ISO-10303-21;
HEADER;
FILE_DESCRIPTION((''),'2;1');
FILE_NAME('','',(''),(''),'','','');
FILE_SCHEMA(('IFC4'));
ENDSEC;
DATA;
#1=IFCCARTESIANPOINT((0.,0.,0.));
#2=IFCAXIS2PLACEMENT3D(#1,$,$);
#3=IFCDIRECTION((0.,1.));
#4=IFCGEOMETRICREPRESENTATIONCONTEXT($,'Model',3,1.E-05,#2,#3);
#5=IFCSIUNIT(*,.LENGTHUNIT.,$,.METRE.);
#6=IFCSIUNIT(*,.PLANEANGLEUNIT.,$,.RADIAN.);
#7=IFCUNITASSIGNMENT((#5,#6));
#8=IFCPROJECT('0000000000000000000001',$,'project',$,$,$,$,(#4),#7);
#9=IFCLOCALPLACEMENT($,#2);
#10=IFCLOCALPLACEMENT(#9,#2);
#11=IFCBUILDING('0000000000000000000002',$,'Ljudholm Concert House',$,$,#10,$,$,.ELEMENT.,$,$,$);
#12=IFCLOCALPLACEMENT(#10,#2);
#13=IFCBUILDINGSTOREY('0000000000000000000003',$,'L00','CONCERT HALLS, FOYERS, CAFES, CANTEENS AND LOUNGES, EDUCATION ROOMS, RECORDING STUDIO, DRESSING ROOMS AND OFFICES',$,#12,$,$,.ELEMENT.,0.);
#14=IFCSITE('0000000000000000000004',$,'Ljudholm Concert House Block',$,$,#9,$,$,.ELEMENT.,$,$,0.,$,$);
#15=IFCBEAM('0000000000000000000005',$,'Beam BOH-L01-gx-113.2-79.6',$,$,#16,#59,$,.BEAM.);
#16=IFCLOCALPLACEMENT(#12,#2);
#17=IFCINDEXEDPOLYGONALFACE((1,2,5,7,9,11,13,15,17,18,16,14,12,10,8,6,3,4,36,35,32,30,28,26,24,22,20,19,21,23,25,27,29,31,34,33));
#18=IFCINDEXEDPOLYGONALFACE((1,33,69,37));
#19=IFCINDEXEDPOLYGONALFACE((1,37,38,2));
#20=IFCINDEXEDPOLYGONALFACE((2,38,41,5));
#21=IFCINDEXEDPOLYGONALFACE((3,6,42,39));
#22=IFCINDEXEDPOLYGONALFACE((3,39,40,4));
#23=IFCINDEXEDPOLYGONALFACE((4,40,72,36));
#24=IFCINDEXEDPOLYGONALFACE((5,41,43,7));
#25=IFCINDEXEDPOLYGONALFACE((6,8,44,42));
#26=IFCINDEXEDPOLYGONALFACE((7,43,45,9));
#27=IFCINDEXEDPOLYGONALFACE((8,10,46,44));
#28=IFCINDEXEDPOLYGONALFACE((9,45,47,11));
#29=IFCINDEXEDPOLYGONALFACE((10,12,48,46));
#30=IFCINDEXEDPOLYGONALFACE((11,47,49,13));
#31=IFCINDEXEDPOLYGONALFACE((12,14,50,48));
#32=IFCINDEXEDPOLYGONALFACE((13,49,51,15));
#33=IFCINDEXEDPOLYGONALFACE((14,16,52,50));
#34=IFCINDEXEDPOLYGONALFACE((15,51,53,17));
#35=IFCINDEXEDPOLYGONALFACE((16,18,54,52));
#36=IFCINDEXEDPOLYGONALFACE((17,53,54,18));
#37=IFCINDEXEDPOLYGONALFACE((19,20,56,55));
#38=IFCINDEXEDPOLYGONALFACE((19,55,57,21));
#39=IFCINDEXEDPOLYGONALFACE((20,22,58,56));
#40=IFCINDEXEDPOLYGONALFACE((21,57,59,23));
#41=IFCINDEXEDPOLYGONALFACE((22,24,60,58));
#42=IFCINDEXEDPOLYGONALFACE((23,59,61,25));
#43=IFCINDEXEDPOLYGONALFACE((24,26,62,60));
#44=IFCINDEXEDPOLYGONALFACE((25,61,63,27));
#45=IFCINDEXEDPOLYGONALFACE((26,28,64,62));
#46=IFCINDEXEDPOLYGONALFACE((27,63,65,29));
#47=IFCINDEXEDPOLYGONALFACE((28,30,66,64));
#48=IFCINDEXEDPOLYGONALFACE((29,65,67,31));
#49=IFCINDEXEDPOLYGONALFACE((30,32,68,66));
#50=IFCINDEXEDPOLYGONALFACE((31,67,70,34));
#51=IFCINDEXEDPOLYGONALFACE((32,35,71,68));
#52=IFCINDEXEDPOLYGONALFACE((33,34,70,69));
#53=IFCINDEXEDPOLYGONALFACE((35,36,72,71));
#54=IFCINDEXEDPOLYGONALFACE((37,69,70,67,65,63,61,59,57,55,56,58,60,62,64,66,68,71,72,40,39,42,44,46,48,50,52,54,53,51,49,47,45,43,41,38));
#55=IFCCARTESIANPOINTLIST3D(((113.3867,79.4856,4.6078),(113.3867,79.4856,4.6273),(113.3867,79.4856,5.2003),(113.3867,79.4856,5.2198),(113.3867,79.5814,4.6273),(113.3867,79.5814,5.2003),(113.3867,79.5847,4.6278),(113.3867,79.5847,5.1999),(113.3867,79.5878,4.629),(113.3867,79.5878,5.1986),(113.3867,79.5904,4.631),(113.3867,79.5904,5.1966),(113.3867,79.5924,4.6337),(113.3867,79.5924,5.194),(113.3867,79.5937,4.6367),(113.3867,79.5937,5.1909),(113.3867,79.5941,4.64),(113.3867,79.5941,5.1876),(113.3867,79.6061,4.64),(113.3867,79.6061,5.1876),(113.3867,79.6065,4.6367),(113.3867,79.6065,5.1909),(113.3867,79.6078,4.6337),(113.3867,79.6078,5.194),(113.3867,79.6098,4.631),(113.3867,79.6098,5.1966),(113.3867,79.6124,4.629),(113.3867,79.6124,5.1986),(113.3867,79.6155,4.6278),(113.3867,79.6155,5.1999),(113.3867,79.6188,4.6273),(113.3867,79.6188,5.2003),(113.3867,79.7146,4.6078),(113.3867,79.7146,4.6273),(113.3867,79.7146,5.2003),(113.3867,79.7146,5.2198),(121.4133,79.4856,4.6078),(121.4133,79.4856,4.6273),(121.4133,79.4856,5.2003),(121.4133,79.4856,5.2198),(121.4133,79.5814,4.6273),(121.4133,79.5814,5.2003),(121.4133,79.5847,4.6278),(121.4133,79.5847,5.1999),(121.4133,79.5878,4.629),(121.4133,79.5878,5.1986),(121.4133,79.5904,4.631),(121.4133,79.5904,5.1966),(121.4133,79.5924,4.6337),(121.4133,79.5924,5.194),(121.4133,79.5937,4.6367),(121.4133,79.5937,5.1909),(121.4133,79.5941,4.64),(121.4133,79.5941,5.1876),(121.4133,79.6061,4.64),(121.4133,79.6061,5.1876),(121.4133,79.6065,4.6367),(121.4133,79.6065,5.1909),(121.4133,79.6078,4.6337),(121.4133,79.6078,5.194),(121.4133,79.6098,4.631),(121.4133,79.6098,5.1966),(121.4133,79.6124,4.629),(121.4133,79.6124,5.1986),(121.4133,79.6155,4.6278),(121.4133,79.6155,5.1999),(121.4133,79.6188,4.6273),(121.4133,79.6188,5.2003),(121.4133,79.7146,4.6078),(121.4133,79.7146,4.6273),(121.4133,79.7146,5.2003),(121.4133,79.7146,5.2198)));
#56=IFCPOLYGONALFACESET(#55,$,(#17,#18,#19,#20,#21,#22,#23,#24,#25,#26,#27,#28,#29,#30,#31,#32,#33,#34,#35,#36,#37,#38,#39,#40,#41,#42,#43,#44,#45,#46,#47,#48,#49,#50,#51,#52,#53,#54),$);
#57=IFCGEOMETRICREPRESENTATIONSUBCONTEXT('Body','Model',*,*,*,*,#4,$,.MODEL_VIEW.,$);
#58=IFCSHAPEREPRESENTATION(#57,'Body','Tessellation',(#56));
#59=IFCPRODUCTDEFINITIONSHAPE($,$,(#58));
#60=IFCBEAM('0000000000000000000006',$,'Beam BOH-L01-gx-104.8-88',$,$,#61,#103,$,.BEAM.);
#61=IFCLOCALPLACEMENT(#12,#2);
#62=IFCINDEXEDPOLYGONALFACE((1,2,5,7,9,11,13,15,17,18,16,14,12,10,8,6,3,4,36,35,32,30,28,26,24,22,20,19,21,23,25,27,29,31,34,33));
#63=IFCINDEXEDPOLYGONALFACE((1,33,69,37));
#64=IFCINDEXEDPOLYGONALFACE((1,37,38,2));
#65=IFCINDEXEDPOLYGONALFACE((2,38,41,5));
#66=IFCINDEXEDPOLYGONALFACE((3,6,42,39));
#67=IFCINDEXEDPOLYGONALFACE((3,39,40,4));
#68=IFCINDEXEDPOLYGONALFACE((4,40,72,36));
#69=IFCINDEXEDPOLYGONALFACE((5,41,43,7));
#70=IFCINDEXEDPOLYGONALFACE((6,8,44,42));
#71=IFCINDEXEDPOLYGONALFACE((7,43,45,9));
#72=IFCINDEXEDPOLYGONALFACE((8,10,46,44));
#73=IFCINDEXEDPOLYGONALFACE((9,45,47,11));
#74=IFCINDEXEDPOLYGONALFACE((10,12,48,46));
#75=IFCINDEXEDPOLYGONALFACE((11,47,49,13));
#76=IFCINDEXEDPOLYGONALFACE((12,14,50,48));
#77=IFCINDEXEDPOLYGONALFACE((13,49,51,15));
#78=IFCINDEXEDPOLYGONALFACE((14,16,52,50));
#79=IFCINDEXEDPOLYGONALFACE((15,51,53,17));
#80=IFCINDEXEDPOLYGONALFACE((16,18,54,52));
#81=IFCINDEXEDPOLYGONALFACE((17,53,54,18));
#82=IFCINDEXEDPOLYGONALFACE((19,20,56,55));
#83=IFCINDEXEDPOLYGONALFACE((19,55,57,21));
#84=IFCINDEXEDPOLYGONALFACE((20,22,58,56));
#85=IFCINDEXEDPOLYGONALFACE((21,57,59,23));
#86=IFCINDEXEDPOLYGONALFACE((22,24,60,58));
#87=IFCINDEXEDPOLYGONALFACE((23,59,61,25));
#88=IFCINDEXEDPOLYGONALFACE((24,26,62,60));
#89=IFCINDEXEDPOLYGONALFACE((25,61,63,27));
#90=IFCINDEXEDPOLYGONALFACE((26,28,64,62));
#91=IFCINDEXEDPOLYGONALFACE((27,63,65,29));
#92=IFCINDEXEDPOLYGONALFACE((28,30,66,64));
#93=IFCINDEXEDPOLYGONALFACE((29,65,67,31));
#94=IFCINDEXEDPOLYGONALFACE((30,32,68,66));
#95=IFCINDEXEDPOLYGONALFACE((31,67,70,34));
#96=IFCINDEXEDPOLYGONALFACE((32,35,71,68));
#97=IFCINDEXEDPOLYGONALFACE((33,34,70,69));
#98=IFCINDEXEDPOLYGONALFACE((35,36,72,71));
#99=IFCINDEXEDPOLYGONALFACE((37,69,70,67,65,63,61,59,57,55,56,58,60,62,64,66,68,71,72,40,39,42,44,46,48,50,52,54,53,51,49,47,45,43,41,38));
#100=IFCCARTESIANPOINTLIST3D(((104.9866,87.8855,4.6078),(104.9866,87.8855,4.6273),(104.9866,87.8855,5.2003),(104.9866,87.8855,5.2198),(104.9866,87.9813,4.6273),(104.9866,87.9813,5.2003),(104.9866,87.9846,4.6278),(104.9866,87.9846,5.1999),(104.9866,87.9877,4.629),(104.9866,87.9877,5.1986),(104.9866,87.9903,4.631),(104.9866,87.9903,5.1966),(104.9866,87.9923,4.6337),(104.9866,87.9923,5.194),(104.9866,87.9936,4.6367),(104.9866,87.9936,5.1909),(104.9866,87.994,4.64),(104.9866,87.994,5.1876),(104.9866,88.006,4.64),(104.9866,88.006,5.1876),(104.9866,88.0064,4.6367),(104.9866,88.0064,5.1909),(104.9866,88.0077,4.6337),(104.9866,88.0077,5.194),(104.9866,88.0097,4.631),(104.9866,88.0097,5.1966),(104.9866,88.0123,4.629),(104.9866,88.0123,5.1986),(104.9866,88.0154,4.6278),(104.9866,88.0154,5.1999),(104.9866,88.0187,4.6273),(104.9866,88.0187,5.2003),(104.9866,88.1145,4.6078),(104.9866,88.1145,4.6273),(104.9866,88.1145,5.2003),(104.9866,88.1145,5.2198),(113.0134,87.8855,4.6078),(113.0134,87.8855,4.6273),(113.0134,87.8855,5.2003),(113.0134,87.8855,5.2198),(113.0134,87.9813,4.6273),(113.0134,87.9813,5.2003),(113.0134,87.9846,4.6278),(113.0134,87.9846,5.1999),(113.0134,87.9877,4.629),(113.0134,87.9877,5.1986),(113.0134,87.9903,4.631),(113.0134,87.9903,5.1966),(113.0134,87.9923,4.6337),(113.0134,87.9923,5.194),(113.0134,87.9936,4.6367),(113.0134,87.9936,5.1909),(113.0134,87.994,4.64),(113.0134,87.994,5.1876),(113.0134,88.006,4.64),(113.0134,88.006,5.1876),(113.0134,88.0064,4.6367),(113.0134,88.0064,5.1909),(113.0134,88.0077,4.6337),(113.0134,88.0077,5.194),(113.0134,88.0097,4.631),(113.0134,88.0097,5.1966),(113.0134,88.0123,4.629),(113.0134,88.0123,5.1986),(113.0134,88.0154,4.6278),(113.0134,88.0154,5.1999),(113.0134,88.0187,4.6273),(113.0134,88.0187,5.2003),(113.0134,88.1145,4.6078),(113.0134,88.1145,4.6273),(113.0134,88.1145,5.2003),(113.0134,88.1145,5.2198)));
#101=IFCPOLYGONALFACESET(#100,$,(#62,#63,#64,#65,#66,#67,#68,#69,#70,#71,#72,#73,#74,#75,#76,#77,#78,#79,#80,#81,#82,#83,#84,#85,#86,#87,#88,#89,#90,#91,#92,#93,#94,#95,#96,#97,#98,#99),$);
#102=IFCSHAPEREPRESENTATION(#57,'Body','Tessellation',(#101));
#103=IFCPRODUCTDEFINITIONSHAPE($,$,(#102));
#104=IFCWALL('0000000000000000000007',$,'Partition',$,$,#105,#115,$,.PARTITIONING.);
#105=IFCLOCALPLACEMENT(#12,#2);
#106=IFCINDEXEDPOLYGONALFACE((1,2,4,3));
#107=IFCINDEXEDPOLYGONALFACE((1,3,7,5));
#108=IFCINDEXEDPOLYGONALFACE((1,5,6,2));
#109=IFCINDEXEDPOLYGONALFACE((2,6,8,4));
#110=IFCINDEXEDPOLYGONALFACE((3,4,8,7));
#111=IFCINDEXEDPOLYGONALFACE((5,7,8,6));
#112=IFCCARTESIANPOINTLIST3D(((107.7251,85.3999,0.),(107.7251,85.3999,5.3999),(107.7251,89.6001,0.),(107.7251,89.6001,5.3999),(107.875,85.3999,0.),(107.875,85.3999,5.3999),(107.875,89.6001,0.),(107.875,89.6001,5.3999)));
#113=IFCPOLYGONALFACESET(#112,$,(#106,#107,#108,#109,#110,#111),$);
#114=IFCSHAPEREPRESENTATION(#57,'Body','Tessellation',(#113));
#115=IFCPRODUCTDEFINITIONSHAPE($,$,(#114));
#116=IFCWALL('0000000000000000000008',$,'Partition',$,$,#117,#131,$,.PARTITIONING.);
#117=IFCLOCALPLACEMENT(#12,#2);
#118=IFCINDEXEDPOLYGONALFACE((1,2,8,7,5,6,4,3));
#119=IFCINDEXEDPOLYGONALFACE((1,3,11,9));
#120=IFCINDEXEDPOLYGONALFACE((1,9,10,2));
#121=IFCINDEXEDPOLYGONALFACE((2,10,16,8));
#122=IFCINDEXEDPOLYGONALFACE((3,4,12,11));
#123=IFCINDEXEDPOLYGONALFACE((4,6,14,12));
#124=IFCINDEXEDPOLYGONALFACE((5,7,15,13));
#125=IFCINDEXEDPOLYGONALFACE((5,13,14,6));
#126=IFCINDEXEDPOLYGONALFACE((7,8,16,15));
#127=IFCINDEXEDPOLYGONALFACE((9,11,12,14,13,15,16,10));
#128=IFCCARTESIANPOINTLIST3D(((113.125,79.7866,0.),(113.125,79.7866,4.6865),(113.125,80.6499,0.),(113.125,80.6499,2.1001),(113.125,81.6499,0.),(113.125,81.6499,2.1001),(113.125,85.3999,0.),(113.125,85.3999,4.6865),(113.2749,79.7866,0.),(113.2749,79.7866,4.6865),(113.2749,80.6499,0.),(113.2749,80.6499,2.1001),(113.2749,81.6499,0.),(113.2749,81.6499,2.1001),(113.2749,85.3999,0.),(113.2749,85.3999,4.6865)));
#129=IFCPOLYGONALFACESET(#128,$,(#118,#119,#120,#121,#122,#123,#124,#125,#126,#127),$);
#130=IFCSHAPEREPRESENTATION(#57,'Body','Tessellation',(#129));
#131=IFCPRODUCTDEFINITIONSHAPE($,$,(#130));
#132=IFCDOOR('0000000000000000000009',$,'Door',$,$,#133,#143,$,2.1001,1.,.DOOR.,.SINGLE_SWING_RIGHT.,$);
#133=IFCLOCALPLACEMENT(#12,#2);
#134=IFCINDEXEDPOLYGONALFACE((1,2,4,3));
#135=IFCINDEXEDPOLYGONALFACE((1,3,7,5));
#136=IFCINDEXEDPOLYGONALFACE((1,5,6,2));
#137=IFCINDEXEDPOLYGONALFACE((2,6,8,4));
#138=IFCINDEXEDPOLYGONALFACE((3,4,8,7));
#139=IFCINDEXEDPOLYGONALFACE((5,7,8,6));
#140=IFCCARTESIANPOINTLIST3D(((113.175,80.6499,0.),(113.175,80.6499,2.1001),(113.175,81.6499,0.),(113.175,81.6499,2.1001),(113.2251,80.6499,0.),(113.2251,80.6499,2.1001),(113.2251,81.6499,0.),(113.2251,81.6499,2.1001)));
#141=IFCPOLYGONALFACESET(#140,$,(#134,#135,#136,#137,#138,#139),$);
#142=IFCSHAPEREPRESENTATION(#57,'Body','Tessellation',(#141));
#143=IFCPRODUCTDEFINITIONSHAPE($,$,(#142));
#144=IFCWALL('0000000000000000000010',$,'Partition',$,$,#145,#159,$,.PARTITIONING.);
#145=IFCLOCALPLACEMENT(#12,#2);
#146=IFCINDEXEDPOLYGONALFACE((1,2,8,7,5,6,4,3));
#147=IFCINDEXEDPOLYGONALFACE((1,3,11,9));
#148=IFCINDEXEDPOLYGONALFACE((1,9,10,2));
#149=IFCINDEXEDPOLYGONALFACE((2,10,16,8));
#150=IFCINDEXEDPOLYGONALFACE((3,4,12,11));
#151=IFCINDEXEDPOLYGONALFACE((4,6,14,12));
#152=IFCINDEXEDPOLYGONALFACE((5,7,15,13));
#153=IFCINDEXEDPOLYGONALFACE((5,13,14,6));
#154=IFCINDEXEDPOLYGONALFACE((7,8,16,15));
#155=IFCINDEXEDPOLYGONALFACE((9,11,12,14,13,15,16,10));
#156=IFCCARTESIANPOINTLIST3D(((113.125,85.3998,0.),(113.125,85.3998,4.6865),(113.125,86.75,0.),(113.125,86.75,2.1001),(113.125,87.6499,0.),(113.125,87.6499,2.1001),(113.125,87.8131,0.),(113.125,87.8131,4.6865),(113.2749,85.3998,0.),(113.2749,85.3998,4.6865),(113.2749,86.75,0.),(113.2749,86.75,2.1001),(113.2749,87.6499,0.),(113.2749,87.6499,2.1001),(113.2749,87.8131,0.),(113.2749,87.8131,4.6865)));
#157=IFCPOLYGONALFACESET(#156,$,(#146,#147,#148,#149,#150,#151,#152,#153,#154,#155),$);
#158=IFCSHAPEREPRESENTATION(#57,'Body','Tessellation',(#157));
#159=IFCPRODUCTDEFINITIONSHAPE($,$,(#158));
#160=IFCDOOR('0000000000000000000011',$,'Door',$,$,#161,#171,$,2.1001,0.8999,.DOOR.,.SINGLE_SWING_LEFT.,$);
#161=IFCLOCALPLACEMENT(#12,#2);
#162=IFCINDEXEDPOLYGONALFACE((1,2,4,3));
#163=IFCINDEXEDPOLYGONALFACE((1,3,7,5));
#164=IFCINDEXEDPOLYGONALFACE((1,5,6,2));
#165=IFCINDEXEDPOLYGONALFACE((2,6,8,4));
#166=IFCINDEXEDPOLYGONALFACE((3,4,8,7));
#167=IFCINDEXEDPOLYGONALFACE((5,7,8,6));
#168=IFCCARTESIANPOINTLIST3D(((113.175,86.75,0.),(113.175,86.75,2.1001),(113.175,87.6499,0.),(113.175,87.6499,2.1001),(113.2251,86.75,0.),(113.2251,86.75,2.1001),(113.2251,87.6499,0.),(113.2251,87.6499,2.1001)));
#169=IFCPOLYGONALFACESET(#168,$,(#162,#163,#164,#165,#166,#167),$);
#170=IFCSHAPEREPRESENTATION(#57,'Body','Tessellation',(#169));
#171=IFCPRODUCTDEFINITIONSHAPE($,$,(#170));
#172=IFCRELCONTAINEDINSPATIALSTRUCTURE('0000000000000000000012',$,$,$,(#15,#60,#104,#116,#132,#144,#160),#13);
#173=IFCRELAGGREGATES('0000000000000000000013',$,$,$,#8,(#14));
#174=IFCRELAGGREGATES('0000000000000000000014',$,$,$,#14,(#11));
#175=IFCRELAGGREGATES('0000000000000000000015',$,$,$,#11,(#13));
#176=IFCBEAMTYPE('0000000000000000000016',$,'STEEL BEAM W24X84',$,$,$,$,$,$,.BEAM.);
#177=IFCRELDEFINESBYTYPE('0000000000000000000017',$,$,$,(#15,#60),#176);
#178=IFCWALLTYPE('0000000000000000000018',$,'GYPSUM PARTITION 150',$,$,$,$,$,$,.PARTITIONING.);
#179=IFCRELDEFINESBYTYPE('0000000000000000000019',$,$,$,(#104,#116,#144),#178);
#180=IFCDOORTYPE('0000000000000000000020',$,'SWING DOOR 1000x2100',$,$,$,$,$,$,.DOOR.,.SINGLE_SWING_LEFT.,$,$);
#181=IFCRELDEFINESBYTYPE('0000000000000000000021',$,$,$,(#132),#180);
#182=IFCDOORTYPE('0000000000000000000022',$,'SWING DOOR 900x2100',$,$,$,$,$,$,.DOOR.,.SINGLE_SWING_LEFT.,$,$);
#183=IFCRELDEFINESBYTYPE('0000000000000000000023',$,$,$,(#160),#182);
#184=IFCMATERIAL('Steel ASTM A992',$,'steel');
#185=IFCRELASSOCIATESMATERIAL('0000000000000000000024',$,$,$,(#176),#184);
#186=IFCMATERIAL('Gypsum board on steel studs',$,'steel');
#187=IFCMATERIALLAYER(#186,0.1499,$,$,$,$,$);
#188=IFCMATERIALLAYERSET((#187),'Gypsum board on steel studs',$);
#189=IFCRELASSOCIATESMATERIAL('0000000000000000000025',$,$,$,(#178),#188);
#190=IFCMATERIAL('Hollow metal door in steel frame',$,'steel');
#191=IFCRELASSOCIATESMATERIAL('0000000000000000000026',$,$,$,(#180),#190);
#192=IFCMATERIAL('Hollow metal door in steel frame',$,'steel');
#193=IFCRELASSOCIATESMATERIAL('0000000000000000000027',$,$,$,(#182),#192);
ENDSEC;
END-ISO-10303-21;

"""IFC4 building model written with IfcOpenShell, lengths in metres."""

from ifc_helpers import new_model, si_unit, direction, frame, frame_2d, origin, origin_2d, place, context, subcontext, project, spatial, rectangle, i_section, extrude, material, layer, layer_set, material_profile, profile_set, type_object, element, fill, save


model = new_model("IFC4")

# Units and contexts
model_context = context("Model", 3, precision=1e-05, world=origin(), true_north=direction((0.0, 1.0)))
body_context = subcontext(model_context, "Body", "Model", "MODEL_VIEW")
ifc_project = project(units=[si_unit("LENGTHUNIT", "METRE"), si_unit("PLANEANGLEUNIT", "RADIAN")], contexts=[model_context])

# Site, building, storey
site_placement = place(None, origin())
site = spatial("IfcSite", under=ifc_project, at=site_placement, Name="Ljudholm Concert House Block", CompositionType="ELEMENT", RefElevation=0.0)
building_placement = place(site_placement, origin())
building = spatial("IfcBuilding", under=site, at=building_placement, Name="Ljudholm Concert House", CompositionType="ELEMENT")
storey_placement = place(building_placement, origin())
storey = spatial("IfcBuildingStorey", under=building, at=storey_placement, Name="L00", Description="CONCERT HALLS, FOYERS, CAFES, CANTEENS AND LOUNGES, EDUCATION ROOMS, RECORDING STUDIO, DRESSING ROOMS AND OFFICES", CompositionType="ELEMENT", Elevation=0.0)

# Beams
ifc_material_1 = material(Name="Steel ASTM A992", Category="steel")
ifc_material_profile_1 = material_profile(ifc_material_1, i_section(OverallWidth=0.229, OverallDepth=0.6121, WebThickness=0.012, FlangeThickness=0.0195, FilletRadius=0.0127, at=origin_2d()), Name="W24X84")
ifc_profile_set_1 = profile_set([ifc_material_profile_1], Name="Steel ASTM A992")
beam_type_1 = type_object("IfcBeamType", Name="STEEL BEAM W24X84", PredefinedType="BEAM", material=ifc_profile_set_1)
beam_1_placement = place(storey_placement, frame((113.3867, 79.6001, 4.9138), z_axis=(1.0, 0.0, 0.0), x_axis=(0.0, 1.0, 0.0)))
element("IfcBeam", 1, at=beam_1_placement, inside=storey, type_object=beam_type_1, Name="Beam BOH-L01-gx-113.2-79.6", PredefinedType="BEAM", context=body_context, shape_type="SweptSolid", body=[
    extrude(i_section(OverallWidth=0.229, OverallDepth=0.6121, WebThickness=0.012, FlangeThickness=0.0195, FilletRadius=0.0127, at=origin_2d()), origin(), (0.0, 0.0, 1.0), 8.0266),
])
beam_2_placement = place(storey_placement, frame((104.9866, 88.0, 4.9138), z_axis=(1.0, 0.0, 0.0), x_axis=(0.0, 1.0, 0.0)))
element("IfcBeam", 2, at=beam_2_placement, inside=storey, type_object=beam_type_1, Name="Beam BOH-L01-gx-104.8-88", PredefinedType="BEAM", context=body_context, shape_type="SweptSolid", body=[
    extrude(i_section(OverallWidth=0.229, OverallDepth=0.6121, WebThickness=0.012, FlangeThickness=0.0195, FilletRadius=0.0127, at=origin_2d()), origin(), (0.0, 0.0, 1.0), 8.0269),
])

# Wall
ifc_material_2 = material(Name="Gypsum board on steel studs", Category="steel")
ifc_layer_1 = layer(ifc_material_2, 0.1499)
ifc_layer_set_1 = layer_set([ifc_layer_1], Name="Gypsum board on steel studs")
wall_type_1 = type_object("IfcWallType", Name="GYPSUM PARTITION 150", PredefinedType="PARTITIONING", material=ifc_layer_set_1)
wall_1_placement = place(storey_placement, frame((107.8, 85.3999, 0.0), z_axis=(0.0, 0.0, 1.0), x_axis=(0.0, 1.0, 0.0)))
element("IfcWall", 3, at=wall_1_placement, inside=storey, type_object=wall_type_1, Name="Partition", PredefinedType="PARTITIONING", context=body_context, shape_type="SweptSolid", body=[
    extrude(rectangle(XDim=4.2002, YDim=0.1499, at=frame_2d((2.1001, 0.0))), origin(), (0.0, 0.0, 1.0), 5.3999),
])

# Walls, openings, doors
wall_2_placement = place(storey_placement, frame((113.2, 79.7866, 0.0), z_axis=(0.0, 0.0, 1.0), x_axis=(0.0, 1.0, 0.0)))
wall_2 = element("IfcWall", 4, at=wall_2_placement, inside=storey, type_object=wall_type_1, Name="Partition", PredefinedType="PARTITIONING", context=body_context, shape_type="SweptSolid", body=[
    extrude(rectangle(XDim=5.6133, YDim=0.1499, at=frame_2d((2.8066, 0.0))), origin(), (0.0, 0.0, 1.0), 4.6865),
])
opening_1_placement = place(wall_2_placement, frame((0.8633, 0.0, 0.0)))
opening_1 = element("IfcOpeningElement", 5, at=opening_1_placement, cuts=wall_2, PredefinedType="OPENING", context=body_context, shape_type="SweptSolid", body=[
    extrude(rectangle(XDim=1.0, YDim=2.1001, at=frame_2d((0.5, 1.05))), frame((0.0, 0.085, 0.0), z_axis=(0.0, -1.0, 0.0), x_axis=(1.0, 0.0, 0.0)), (0.0, 0.0, 1.0), 0.1699),
])
ifc_material_3 = material(Name="Hollow metal door in steel frame", Category="steel")
door_type_1 = type_object("IfcDoorType", Name="SWING DOOR 1000x2100", OperationType="SINGLE_SWING_LEFT", PredefinedType="DOOR", material=ifc_material_3)
door_1_placement = place(opening_1_placement, origin())
door_1 = element("IfcDoor", 6, at=door_1_placement, inside=storey, type_object=door_type_1, Name="Door", OperationType="SINGLE_SWING_RIGHT", OverallHeight=2.1001, OverallWidth=1.0, PredefinedType="DOOR", context=body_context, shape_type="SweptSolid", body=[
    extrude(rectangle(XDim=1.0, YDim=2.1001, at=frame_2d((0.5, 1.05))), frame((0.0, 0.0249, 0.0), z_axis=(0.0, -1.0, 0.0), x_axis=(1.0, 0.0, 0.0)), (0.0, 0.0, 1.0), 0.05),
])
fill(opening_1, door_1)
wall_3_placement = place(storey_placement, frame((113.2, 85.3999, 0.0), z_axis=(0.0, 0.0, 1.0), x_axis=(0.0, 1.0, 0.0)))
wall_3 = element("IfcWall", 7, at=wall_3_placement, inside=storey, type_object=wall_type_1, Name="Partition", PredefinedType="PARTITIONING", context=body_context, shape_type="SweptSolid", body=[
    extrude(rectangle(XDim=2.4133, YDim=0.1499, at=frame_2d((1.2065, 0.0))), origin(), (0.0, 0.0, 1.0), 4.6865),
])
opening_2_placement = place(wall_3_placement, frame((1.3501, 0.0, 0.0)))
opening_2 = element("IfcOpeningElement", 8, at=opening_2_placement, cuts=wall_3, PredefinedType="OPENING", context=body_context, shape_type="SweptSolid", body=[
    extrude(rectangle(XDim=0.8999, YDim=2.1001, at=frame_2d((0.45, 1.05))), frame((0.0, 0.085, 0.0), z_axis=(0.0, -1.0, 0.0), x_axis=(1.0, 0.0, 0.0)), (0.0, 0.0, 1.0), 0.1699),
])
ifc_material_4 = material(Name="Hollow metal door in steel frame", Category="steel")
door_type_2 = type_object("IfcDoorType", Name="SWING DOOR 900x2100", OperationType="SINGLE_SWING_LEFT", PredefinedType="DOOR", material=ifc_material_4)
door_2_placement = place(opening_2_placement, origin())
door_2 = element("IfcDoor", 9, at=door_2_placement, inside=storey, type_object=door_type_2, Name="Door", OperationType="SINGLE_SWING_LEFT", OverallHeight=2.1001, OverallWidth=0.8999, PredefinedType="DOOR", context=body_context, shape_type="SweptSolid", body=[
    extrude(rectangle(XDim=0.8999, YDim=2.1001, at=frame_2d((0.45, 1.05))), frame((0.0, 0.0249, 0.0), z_axis=(0.0, -1.0, 0.0), x_axis=(1.0, 0.0, 0.0)), (0.0, 0.0, 1.0), 0.05),
])
fill(opening_2, door_2)

save(model, "model.ifc")
